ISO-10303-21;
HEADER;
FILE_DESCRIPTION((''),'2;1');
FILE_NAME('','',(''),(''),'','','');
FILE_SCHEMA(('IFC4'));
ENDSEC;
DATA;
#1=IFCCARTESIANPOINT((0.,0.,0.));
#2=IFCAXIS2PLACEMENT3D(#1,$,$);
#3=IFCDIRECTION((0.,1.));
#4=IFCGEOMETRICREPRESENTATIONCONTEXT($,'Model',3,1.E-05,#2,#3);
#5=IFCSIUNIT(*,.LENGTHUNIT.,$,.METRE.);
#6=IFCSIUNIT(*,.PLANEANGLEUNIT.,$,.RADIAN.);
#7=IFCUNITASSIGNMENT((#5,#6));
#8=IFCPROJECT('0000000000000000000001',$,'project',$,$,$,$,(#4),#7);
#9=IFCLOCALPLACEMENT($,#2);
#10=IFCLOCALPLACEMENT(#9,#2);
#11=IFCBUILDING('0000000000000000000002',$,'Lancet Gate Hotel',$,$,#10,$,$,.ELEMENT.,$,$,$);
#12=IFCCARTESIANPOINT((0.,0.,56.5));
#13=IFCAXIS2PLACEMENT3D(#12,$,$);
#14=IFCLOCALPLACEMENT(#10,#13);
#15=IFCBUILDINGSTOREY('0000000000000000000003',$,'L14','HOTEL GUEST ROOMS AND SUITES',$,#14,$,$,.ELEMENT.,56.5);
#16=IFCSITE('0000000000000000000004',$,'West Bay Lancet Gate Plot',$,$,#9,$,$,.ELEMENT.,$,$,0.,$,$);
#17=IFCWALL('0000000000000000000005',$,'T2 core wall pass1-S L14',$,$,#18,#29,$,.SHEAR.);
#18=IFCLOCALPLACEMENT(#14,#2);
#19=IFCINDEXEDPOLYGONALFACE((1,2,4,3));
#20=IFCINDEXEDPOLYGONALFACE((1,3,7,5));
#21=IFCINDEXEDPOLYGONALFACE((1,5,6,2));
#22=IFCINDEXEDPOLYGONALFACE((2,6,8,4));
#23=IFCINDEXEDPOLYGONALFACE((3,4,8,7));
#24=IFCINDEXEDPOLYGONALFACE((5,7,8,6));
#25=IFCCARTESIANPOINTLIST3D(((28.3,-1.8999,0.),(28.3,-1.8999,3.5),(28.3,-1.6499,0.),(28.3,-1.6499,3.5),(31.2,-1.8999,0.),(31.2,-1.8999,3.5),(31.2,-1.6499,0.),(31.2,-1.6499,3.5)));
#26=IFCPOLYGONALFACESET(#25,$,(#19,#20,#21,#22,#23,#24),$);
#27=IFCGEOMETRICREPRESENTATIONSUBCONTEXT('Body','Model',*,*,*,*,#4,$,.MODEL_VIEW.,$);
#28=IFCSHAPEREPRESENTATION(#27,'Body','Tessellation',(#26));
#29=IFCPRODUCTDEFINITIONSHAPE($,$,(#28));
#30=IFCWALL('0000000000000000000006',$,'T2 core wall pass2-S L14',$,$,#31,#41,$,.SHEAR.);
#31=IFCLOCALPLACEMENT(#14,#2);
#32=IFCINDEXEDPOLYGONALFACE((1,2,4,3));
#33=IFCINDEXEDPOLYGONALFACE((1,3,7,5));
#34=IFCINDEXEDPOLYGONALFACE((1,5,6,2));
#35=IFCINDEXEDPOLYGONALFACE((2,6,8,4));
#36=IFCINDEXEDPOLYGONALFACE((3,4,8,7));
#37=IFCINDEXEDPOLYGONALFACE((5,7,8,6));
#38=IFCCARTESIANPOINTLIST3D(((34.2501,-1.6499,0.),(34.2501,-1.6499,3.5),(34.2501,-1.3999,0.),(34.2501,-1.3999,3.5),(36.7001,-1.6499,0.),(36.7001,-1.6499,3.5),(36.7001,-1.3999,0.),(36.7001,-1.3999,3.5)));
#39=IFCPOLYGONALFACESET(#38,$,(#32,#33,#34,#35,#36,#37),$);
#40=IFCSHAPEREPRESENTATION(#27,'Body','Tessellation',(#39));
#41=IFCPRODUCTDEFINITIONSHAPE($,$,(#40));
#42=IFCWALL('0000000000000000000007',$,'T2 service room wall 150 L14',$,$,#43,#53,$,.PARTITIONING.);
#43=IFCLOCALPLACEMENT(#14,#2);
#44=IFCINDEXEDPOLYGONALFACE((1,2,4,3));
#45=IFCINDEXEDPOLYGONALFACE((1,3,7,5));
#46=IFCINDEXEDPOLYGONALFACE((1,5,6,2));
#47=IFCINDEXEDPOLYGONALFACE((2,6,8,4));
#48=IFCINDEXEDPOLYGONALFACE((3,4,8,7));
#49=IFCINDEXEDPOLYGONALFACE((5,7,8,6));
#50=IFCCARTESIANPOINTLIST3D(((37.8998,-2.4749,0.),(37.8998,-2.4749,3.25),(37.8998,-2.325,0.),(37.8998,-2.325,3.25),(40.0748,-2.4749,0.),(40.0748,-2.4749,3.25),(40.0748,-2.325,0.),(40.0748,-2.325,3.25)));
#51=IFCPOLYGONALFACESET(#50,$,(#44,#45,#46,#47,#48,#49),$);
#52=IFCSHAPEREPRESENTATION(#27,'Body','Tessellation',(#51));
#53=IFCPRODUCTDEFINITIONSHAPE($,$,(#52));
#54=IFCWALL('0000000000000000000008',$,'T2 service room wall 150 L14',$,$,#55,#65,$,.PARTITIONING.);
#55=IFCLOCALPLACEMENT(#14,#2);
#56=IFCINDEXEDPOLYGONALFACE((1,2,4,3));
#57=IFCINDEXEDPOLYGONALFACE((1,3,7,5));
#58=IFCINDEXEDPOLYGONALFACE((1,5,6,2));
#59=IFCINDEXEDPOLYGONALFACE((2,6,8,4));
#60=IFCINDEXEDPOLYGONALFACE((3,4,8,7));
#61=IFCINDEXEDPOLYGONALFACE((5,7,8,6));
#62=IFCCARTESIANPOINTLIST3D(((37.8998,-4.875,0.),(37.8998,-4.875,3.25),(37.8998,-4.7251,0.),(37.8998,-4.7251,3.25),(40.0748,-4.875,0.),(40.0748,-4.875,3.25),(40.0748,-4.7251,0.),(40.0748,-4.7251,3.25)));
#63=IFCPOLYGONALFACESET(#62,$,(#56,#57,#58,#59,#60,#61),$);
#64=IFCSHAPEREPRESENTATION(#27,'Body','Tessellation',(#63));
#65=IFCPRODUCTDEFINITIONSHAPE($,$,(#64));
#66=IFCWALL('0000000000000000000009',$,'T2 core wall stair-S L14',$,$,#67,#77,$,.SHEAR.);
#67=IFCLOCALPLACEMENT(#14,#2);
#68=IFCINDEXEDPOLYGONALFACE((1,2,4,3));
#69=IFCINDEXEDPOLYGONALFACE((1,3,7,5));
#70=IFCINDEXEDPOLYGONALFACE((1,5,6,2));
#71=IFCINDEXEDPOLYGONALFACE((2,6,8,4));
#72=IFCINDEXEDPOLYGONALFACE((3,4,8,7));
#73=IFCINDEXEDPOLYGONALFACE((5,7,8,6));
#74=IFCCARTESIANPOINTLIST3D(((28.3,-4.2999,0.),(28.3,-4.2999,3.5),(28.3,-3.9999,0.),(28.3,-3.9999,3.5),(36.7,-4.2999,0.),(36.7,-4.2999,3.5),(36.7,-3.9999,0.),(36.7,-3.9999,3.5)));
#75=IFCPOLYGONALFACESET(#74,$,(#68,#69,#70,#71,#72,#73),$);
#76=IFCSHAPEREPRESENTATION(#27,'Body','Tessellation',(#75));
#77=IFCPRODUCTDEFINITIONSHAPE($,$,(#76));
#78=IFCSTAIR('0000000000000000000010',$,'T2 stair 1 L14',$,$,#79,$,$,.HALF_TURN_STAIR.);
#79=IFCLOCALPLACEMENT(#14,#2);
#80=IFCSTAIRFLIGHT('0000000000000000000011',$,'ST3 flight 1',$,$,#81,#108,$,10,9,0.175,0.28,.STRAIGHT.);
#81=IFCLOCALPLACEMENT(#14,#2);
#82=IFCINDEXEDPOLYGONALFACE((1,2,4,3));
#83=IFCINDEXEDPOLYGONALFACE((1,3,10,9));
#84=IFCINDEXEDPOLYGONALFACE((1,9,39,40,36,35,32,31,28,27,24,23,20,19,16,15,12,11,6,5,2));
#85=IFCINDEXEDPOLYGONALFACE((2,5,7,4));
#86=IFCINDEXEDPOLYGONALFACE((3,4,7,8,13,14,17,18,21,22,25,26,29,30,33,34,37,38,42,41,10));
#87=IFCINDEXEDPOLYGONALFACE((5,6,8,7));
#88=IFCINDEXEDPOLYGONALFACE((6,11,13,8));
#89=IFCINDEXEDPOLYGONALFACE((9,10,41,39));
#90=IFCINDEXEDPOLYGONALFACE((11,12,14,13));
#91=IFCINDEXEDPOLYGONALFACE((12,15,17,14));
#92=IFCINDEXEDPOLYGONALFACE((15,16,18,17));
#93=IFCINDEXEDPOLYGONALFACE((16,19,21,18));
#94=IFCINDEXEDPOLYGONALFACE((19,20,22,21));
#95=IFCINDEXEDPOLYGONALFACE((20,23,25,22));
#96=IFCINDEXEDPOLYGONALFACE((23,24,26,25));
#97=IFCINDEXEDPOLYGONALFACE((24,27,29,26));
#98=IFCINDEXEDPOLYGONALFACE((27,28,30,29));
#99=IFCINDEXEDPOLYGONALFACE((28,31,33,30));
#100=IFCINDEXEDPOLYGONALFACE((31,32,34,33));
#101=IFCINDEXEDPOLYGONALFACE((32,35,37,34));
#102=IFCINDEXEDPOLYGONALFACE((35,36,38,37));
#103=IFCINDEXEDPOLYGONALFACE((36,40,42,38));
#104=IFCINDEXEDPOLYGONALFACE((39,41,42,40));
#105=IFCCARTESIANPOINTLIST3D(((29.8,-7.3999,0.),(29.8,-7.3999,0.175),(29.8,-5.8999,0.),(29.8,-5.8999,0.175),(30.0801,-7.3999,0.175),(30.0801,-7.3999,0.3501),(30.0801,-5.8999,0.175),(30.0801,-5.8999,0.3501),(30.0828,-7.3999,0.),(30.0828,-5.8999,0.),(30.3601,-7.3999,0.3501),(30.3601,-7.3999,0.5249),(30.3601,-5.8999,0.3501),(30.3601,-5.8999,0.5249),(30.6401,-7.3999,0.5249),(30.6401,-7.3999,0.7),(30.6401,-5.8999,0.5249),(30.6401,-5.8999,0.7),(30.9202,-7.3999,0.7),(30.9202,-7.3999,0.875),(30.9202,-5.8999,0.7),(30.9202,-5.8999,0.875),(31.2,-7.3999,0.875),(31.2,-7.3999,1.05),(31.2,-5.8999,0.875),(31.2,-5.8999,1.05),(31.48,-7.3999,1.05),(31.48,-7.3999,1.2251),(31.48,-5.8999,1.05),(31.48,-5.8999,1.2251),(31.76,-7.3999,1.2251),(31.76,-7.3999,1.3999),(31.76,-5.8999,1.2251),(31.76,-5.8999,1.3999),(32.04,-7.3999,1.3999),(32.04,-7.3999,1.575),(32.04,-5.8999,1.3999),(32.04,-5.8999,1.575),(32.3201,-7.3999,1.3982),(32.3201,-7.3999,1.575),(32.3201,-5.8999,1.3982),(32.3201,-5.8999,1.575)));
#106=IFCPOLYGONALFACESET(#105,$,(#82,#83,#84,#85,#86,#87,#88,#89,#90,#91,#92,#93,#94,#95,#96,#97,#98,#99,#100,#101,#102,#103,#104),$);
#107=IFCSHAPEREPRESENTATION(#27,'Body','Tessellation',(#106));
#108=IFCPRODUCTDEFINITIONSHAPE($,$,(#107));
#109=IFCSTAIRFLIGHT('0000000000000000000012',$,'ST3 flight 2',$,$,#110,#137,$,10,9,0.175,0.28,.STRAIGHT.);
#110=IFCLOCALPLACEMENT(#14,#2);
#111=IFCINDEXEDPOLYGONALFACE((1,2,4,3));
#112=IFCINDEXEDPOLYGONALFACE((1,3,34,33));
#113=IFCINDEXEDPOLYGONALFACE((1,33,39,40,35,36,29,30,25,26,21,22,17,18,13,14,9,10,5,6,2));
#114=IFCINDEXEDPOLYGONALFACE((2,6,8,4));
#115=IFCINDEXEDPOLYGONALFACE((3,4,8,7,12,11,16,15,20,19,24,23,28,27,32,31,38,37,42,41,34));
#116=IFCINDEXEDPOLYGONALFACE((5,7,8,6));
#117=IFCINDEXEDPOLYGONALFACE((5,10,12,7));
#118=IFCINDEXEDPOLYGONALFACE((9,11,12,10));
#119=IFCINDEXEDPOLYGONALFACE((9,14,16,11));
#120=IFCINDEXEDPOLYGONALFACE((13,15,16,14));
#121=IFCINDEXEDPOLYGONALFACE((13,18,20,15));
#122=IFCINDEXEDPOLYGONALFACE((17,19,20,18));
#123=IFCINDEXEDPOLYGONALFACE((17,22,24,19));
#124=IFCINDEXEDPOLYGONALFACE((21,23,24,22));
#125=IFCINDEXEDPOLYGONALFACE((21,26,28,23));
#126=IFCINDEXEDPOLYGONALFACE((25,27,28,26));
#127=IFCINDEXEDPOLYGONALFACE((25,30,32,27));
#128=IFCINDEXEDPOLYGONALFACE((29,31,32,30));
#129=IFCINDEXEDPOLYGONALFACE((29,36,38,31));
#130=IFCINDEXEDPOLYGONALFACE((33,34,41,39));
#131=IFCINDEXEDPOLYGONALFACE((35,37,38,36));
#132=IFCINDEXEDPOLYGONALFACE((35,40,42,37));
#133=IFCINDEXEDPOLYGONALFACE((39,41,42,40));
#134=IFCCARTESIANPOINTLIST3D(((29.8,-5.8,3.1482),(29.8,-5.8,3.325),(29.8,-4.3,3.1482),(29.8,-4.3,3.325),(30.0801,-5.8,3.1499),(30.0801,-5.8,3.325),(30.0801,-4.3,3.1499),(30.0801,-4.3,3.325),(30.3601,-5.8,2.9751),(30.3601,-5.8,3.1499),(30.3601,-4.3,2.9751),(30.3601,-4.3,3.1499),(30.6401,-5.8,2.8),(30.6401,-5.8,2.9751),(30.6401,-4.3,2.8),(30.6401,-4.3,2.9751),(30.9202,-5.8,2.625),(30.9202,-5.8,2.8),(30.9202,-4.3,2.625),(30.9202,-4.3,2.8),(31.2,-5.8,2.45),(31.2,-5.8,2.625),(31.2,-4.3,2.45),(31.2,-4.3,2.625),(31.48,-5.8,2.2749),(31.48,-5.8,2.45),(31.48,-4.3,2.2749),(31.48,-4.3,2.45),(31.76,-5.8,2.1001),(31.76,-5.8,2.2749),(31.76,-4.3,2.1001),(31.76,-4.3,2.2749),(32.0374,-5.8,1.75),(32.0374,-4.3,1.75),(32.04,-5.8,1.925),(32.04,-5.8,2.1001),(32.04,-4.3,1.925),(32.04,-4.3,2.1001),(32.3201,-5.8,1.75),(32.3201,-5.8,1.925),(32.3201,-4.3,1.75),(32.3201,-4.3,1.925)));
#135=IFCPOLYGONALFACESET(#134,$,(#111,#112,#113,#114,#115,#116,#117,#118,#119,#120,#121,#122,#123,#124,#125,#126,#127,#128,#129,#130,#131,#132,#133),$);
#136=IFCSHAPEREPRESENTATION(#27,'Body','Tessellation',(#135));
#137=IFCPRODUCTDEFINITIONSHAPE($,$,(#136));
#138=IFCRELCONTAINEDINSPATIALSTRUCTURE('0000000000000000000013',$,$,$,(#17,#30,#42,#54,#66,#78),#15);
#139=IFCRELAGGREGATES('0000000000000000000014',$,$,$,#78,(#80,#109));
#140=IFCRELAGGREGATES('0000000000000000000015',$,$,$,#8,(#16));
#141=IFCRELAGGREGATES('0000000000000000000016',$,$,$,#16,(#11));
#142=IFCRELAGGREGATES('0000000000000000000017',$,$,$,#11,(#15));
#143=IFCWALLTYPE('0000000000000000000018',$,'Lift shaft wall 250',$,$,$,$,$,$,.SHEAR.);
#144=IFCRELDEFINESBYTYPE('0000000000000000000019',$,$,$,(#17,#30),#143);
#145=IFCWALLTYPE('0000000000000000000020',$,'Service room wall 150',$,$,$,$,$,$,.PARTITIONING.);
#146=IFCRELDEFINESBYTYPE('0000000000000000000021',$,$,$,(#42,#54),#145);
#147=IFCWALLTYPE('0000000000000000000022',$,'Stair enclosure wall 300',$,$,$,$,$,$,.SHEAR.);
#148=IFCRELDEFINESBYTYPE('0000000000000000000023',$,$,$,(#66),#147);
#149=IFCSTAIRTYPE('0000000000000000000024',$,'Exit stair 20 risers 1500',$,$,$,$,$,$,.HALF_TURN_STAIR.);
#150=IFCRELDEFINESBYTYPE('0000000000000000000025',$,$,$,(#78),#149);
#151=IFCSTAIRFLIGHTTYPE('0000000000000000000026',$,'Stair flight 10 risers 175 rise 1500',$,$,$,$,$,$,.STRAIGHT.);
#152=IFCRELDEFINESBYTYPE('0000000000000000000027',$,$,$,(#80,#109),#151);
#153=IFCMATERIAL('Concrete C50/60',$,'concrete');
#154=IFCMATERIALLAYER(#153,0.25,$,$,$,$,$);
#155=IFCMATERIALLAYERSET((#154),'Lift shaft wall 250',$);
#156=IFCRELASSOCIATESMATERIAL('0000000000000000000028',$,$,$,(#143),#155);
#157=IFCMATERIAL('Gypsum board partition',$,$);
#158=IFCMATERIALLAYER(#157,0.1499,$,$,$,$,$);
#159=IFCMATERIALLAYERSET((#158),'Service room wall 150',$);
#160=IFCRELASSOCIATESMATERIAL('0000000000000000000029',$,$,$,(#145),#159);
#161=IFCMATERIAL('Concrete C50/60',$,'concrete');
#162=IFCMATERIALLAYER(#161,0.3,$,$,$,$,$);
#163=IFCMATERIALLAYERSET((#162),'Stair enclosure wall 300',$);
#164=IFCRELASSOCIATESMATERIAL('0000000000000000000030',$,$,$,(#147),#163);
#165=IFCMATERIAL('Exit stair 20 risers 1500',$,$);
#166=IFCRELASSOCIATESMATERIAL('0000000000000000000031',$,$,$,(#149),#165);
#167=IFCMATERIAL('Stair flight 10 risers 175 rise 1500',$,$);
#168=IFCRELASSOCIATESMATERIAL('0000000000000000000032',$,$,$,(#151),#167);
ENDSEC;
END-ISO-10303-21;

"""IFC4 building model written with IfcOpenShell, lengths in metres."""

from ifc_helpers import new_model, si_unit, direction, frame, frame_2d, origin, place, context, subcontext, project, spatial, polyline, rectangle, outline, extrude, material, layer, layer_set, type_object, element, aggregate, save


model = new_model("IFC4")

# Units and contexts
model_context = context("Model", 3, precision=1e-05, world=origin(), true_north=direction((0.0, 1.0)))
body_context = subcontext(model_context, "Body", "Model", "MODEL_VIEW")
ifc_project = project(units=[si_unit("LENGTHUNIT", "METRE"), si_unit("PLANEANGLEUNIT", "RADIAN")], contexts=[model_context])

# Site, building, storey
site_placement = place(None, origin())
site = spatial("IfcSite", under=ifc_project, at=site_placement, Name="West Bay Lancet Gate Plot", CompositionType="ELEMENT", RefElevation=0.0)
building_placement = place(site_placement, origin())
building = spatial("IfcBuilding", under=site, at=building_placement, Name="Lancet Gate Hotel", CompositionType="ELEMENT")
storey_placement = place(building_placement, frame((0.0, 0.0, 56.5)))
storey = spatial("IfcBuildingStorey", under=building, at=storey_placement, Name="L14", Description="HOTEL GUEST ROOMS AND SUITES", CompositionType="ELEMENT", Elevation=56.5)

# Shared definitions
ifc_material_1 = material(Name="Concrete C50/60", Category="concrete")
ifc_layer_1 = layer(ifc_material_1, 0.25)
ifc_layer_set_1 = layer_set([ifc_layer_1], Name="Lift shaft wall 250")
wall_type_1 = type_object("IfcWallType", Name="Lift shaft wall 250", PredefinedType="SHEAR", material=ifc_layer_set_1)

# Walls
wall_1_placement = place(storey_placement, frame((28.3, -1.7749, 0.0), z_axis=(0.0, 0.0, 1.0), x_axis=(1.0, 0.0, 0.0)))
element("IfcWall", 1, at=wall_1_placement, inside=storey, type_object=wall_type_1, Name="T2 core wall pass1-S L14", PredefinedType="SHEAR", context=body_context, shape_type="SweptSolid", body=[
    extrude(rectangle(XDim=2.8999, YDim=0.25, at=frame_2d((1.45, 0.0))), origin(), (0.0, 0.0, 1.0), 3.5),
])
wall_2_placement = place(storey_placement, frame((34.25, -1.5249, 0.0), z_axis=(0.0, 0.0, 1.0), x_axis=(1.0, 0.0, 0.0)))
element("IfcWall", 2, at=wall_2_placement, inside=storey, type_object=wall_type_1, Name="T2 core wall pass2-S L14", PredefinedType="SHEAR", context=body_context, shape_type="SweptSolid", body=[
    extrude(rectangle(XDim=2.45, YDim=0.25, at=frame_2d((1.2251, 0.0))), origin(), (0.0, 0.0, 1.0), 3.5),
])
ifc_material_2 = material(Name="Gypsum board partition")
ifc_layer_2 = layer(ifc_material_2, 0.1499)
ifc_layer_set_2 = layer_set([ifc_layer_2], Name="Service room wall 150")
wall_type_2 = type_object("IfcWallType", Name="Service room wall 150", PredefinedType="PARTITIONING", material=ifc_layer_set_2)
for number, where, z_axis, x_axis, name in (
    (3, (37.8999, -2.3999, 0.0), (0.0, 0.0, 1.0), (1.0, 0.0, 0.0), "T2 service room wall 150 L14"),
    (4, (37.8999, -4.8, 0.0), (0.0, 0.0, 1.0), (1.0, 0.0, 0.0), "T2 service room wall 150 L14"),
):
    element("IfcWall", number, at=place(storey_placement, frame(where, z_axis=z_axis, x_axis=x_axis)), inside=storey, type_object=wall_type_2, Name=name, PredefinedType="PARTITIONING", context=body_context, shape_type="SweptSolid", body=[
        extrude(rectangle(XDim=2.175, YDim=0.1499, at=frame_2d((1.0874, 0.0))), origin(), (0.0, 0.0, 1.0), 3.25),
    ])
ifc_material_3 = material(Name="Concrete C50/60", Category="concrete")
ifc_layer_3 = layer(ifc_material_3, 0.3)
ifc_layer_set_3 = layer_set([ifc_layer_3], Name="Stair enclosure wall 300")
wall_type_3 = type_object("IfcWallType", Name="Stair enclosure wall 300", PredefinedType="SHEAR", material=ifc_layer_set_3)
wall_3_placement = place(storey_placement, frame((28.3, -4.1499, 0.0), z_axis=(0.0, 0.0, 1.0), x_axis=(1.0, 0.0, 0.0)))
element("IfcWall", 5, at=wall_3_placement, inside=storey, type_object=wall_type_3, Name="T2 core wall stair-S L14", PredefinedType="SHEAR", context=body_context, shape_type="SweptSolid", body=[
    extrude(rectangle(XDim=8.3999, YDim=0.3, at=frame_2d((4.2, 0.0))), origin(), (0.0, 0.0, 1.0), 3.5),
])

# Stair, stair flights
ifc_material_4 = material(Name="Exit stair 20 risers 1500")
stair_type = type_object("IfcStairType", Name="Exit stair 20 risers 1500", PredefinedType="HALF_TURN_STAIR", material=ifc_material_4)
stair_placement = place(storey_placement, origin())
stair = element("IfcStair", 6, at=stair_placement, inside=storey, type_object=stair_type, Name="T2 stair 1 L14", PredefinedType="HALF_TURN_STAIR")
ifc_material_5 = material(Name="Stair flight 10 risers 175 rise 1500")
stair_flight_type = type_object("IfcStairFlightType", Name="Stair flight 10 risers 175 rise 1500", PredefinedType="STRAIGHT", material=ifc_material_5)
stair_flight_1_placement = place(storey_placement, frame((29.8, -6.6499, 0.0), z_axis=(0.0, 0.0, 1.0), x_axis=(1.0, 0.0, 0.0)))
stair_flight_1 = element("IfcStairFlight", 7, at=stair_flight_1_placement, type_object=stair_flight_type, Name="ST3 flight 1", NumberOfRisers=10, NumberOfTreads=9, PredefinedType="STRAIGHT", RiserHeight=0.175, TreadLength=0.28, context=body_context, shape_type="SweptSolid", body=[
    extrude(outline(polyline([(0.0, 0.0), (0.0, 0.175), (0.28, 0.175), (0.28, 0.3501), (0.5601, 0.3501), (0.5601, 0.5249), (0.8401, 0.5249), (0.8401, 0.7), (1.1201, 0.7), (1.1201, 0.875), (1.3999, 0.875), (1.3999, 1.05), (1.6799, 1.05), (1.6799, 1.2251), (1.96, 1.2251), (1.96, 1.3999), (2.24, 1.3999), (2.24, 1.575), (2.52, 1.575), (2.52, 1.75), (2.52, 1.3982), (0.2827, 0.0), (0.0, 0.0)])), frame((0.0, 0.75, 0.0), z_axis=(0.0, -1.0, 0.0), x_axis=(1.0, 0.0, 0.0)), (0.0, 0.0, 1.0), 1.5),
])
stair_flight_2_placement = place(storey_placement, frame((32.3201, -5.05, 1.75), z_axis=(0.0, 0.0, 1.0), x_axis=(-1.0, 0.0, 0.0)))
stair_flight_2 = element("IfcStairFlight", 8, at=stair_flight_2_placement, type_object=stair_flight_type, Name="ST3 flight 2", NumberOfRisers=10, NumberOfTreads=9, PredefinedType="STRAIGHT", RiserHeight=0.175, TreadLength=0.28, context=body_context, shape_type="SweptSolid", body=[
    extrude(outline(polyline([(0.0, 0.0), (0.0, 0.175), (0.28, 0.175), (0.28, 0.3501), (0.5601, 0.3501), (0.5601, 0.5249), (0.8401, 0.5249), (0.8401, 0.7), (1.1201, 0.7), (1.1201, 0.875), (1.3999, 0.875), (1.3999, 1.05), (1.6799, 1.05), (1.6799, 1.2251), (1.96, 1.2251), (1.96, 1.3999), (2.24, 1.3999), (2.24, 1.575), (2.52, 1.575), (2.52, 1.75), (2.52, 1.3982), (0.2827, 0.0), (0.0, 0.0)])), frame((0.0, 0.75, 0.0), z_axis=(0.0, -1.0, 0.0), x_axis=(1.0, 0.0, 0.0)), (0.0, 0.0, 1.0), 1.5),
])
aggregate(stair, [stair_flight_1, stair_flight_2])

save(model, "model.ifc")
